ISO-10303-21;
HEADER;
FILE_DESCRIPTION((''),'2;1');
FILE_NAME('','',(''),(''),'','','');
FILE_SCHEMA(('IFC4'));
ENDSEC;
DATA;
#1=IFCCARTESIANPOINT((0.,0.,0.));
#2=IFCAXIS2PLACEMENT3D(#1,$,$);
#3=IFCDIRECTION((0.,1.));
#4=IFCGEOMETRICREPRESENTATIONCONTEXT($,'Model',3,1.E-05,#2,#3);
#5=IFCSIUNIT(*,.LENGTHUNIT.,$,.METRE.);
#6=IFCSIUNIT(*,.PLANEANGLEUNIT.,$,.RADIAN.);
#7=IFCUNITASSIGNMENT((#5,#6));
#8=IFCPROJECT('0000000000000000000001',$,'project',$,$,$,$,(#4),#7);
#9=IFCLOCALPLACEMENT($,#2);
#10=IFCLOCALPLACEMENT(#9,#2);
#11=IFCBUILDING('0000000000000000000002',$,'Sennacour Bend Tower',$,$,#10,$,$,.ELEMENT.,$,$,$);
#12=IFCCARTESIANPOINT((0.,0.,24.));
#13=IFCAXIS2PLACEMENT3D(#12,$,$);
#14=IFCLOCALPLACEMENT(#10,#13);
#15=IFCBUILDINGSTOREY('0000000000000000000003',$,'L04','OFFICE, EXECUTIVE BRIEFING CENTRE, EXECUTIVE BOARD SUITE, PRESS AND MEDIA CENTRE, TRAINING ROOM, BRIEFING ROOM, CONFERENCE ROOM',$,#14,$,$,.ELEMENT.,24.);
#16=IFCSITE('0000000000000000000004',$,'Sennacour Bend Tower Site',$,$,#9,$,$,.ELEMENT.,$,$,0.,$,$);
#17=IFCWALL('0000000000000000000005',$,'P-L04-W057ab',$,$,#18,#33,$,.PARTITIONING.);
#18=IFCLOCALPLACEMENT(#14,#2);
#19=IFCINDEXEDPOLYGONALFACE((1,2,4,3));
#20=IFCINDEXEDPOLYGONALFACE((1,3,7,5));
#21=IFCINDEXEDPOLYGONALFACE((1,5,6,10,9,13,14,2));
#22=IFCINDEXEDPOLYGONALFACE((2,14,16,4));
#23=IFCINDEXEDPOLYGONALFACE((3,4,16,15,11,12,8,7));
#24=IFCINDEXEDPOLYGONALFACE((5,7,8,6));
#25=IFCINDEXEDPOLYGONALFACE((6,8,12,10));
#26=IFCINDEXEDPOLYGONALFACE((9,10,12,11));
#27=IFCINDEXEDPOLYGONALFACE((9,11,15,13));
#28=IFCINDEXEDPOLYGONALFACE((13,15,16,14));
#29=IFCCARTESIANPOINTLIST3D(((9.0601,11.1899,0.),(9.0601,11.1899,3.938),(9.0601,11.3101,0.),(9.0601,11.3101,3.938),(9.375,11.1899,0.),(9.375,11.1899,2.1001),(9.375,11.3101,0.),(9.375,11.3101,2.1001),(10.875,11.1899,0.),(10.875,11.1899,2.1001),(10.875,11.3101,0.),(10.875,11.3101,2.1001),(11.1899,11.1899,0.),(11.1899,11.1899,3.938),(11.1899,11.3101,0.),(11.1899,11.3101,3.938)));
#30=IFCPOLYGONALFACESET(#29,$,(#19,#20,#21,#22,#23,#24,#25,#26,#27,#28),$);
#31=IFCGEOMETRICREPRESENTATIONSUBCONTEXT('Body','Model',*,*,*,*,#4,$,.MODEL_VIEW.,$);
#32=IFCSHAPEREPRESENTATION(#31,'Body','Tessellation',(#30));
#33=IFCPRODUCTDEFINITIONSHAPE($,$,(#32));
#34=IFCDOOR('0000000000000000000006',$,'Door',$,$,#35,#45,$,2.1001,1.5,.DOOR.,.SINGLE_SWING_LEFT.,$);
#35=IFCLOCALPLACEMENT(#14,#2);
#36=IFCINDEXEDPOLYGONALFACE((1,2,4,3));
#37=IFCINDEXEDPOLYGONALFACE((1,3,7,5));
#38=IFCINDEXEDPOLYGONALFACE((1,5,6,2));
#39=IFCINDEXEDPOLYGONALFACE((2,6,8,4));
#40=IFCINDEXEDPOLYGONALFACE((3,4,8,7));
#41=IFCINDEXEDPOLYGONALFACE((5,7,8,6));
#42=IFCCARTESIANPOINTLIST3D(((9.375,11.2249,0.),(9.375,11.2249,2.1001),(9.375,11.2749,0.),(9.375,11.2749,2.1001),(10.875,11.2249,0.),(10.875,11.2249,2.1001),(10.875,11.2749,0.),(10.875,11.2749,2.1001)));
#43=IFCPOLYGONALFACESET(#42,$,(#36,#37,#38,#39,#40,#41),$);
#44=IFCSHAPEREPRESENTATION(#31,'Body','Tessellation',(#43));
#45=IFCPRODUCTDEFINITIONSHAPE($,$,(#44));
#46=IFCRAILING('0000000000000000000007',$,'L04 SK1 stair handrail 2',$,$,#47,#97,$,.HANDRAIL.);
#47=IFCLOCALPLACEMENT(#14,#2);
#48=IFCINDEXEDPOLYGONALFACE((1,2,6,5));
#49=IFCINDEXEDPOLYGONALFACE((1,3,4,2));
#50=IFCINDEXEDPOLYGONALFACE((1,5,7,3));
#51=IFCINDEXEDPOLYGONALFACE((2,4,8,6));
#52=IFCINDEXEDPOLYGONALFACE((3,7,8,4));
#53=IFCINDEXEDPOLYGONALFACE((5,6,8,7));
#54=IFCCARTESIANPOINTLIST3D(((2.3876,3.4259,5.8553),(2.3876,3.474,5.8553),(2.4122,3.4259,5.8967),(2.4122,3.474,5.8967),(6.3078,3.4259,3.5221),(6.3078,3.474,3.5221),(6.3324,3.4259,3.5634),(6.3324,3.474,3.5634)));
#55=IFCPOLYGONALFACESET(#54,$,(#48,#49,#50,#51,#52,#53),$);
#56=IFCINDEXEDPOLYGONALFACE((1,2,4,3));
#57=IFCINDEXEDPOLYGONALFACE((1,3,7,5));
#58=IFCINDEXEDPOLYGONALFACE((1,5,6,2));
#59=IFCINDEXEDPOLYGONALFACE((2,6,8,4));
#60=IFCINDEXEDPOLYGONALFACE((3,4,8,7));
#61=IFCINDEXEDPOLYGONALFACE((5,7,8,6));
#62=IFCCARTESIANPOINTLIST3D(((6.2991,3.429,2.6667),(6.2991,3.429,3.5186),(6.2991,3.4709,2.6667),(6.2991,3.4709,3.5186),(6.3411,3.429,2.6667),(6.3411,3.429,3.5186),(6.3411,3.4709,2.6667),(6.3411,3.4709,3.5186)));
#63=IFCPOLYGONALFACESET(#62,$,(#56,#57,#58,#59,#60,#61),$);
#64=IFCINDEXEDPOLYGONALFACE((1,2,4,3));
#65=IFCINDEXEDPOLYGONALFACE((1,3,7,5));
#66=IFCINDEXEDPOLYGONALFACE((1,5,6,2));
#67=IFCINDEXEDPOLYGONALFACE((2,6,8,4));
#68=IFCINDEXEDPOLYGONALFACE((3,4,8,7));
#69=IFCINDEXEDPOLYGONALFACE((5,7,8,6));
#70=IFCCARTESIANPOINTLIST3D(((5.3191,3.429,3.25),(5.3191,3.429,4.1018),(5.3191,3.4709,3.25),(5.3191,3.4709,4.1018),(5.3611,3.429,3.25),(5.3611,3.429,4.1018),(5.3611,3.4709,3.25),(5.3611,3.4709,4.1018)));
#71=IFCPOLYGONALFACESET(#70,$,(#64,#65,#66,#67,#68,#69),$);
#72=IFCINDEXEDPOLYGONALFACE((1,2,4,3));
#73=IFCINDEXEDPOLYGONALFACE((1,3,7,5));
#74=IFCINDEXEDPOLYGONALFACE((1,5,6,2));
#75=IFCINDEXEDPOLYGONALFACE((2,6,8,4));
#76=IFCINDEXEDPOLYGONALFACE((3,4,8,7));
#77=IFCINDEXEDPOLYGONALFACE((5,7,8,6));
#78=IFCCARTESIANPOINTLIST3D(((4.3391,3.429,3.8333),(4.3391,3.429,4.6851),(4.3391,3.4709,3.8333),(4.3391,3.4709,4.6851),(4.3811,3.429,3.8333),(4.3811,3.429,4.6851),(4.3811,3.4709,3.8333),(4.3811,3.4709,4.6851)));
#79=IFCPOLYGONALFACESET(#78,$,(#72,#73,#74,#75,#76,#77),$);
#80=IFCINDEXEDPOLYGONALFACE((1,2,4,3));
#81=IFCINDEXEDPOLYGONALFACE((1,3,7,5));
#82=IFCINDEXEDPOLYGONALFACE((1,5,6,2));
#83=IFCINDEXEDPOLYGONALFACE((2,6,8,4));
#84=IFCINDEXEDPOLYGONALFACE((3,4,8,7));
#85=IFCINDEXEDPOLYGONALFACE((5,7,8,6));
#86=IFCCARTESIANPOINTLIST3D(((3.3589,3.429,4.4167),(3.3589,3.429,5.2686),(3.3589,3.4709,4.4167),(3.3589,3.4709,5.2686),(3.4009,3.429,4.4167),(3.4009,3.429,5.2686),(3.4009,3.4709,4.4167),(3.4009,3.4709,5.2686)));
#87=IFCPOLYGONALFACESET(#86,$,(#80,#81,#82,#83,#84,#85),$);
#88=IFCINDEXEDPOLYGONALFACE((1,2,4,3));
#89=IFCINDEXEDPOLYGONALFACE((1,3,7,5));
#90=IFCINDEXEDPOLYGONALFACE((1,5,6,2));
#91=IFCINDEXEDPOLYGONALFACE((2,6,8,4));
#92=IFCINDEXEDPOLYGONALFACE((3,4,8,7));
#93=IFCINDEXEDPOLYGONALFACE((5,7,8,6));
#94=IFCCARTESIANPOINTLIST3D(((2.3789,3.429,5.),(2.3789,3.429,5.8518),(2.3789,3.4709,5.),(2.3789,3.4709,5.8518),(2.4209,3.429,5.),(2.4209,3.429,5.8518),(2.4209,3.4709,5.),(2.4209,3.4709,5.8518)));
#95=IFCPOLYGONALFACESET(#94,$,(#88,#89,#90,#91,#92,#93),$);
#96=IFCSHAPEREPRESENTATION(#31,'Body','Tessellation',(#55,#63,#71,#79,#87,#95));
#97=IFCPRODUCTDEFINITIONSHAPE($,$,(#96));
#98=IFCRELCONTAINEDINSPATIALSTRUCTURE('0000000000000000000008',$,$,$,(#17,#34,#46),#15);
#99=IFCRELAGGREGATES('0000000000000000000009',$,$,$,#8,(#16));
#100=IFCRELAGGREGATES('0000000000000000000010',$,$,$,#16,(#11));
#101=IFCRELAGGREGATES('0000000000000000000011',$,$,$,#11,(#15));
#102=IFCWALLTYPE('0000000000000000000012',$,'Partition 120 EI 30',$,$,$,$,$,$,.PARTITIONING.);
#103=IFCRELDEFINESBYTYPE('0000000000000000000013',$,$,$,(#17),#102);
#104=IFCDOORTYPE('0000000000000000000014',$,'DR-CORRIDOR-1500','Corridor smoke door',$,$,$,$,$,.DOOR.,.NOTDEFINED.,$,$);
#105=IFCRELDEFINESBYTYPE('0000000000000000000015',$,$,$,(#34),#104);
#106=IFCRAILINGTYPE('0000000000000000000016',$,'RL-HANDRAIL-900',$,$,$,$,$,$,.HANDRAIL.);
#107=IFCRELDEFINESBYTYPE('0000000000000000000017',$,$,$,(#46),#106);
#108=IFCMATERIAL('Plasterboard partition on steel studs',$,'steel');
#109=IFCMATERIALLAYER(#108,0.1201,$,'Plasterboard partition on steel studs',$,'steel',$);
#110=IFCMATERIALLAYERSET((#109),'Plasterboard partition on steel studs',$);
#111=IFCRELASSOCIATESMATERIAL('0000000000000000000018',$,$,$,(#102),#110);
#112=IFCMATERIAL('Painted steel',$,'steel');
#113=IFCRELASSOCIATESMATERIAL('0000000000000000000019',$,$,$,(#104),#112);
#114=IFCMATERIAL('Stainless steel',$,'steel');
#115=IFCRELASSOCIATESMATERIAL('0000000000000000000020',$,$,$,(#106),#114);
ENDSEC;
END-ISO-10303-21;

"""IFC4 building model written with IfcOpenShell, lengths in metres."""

from ifc_helpers import new_model, si_unit, direction, frame, frame_2d, origin, origin_2d, place, context, subcontext, project, spatial, rectangle, extrude, material, layer, layer_set, type_object, element, fill, save


model = new_model("IFC4")

# Units and contexts
model_context = context("Model", 3, precision=1e-05, world=origin(), true_north=direction((0.0, 1.0)))
body_context = subcontext(model_context, "Body", "Model", "MODEL_VIEW")
ifc_project = project(units=[si_unit("LENGTHUNIT", "METRE"), si_unit("PLANEANGLEUNIT", "RADIAN")], contexts=[model_context])

# Site, building, storey
site_placement = place(None, origin())
site = spatial("IfcSite", under=ifc_project, at=site_placement, Name="Sennacour Bend Tower Site", CompositionType="ELEMENT", RefElevation=0.0)
building_placement = place(site_placement, origin())
building = spatial("IfcBuilding", under=site, at=building_placement, Name="Sennacour Bend Tower", CompositionType="ELEMENT")
storey_placement = place(building_placement, frame((0.0, 0.0, 24.0)))
storey = spatial("IfcBuildingStorey", under=building, at=storey_placement, Name="L04", Description="OFFICE, EXECUTIVE BRIEFING CENTRE, EXECUTIVE BOARD SUITE, PRESS AND MEDIA CENTRE, TRAINING ROOM, BRIEFING ROOM, CONFERENCE ROOM", CompositionType="ELEMENT", Elevation=24.0)

# Shared definitions
ifc_material_1 = material(Name="Plasterboard partition on steel studs", Category="steel")

# Wall, opening, door
ifc_layer_1 = layer(ifc_material_1, 0.1201, Name="Plasterboard partition on steel studs", Category="steel")
ifc_layer_set_1 = layer_set([ifc_layer_1], Name="Plasterboard partition on steel studs")
wall_type_1 = type_object("IfcWallType", Name="Partition 120 EI 30", PredefinedType="PARTITIONING", material=ifc_layer_set_1)
wall_1_placement = place(storey_placement, frame((9.0601, 11.25, 0.0), z_axis=(0.0, 0.0, 1.0), x_axis=(1.0, 0.0, 0.0)))
wall_1 = element("IfcWall", 1, at=wall_1_placement, inside=storey, type_object=wall_type_1, Name="P-L04-W057ab", PredefinedType="PARTITIONING", context=body_context, shape_type="SweptSolid", body=[
    extrude(rectangle(XDim=2.1299, YDim=0.1201, at=frame_2d((1.0649, 0.0))), origin(), (0.0, 0.0, 1.0), 3.938),
])
opening_1_placement = place(wall_1_placement, frame((0.3149, 0.0, 0.0)))
opening_1 = element("IfcOpeningElement", 2, at=opening_1_placement, cuts=wall_1, PredefinedType="OPENING", context=body_context, shape_type="SweptSolid", body=[
    extrude(rectangle(XDim=1.5, YDim=2.1001, at=frame_2d((0.75, 1.05))), frame((0.0, 0.0701, 0.0), z_axis=(0.0, -1.0, 0.0), x_axis=(1.0, 0.0, 0.0)), (0.0, 0.0, 1.0), 0.1401),
])
ifc_material_2 = material(Name="Painted steel", Category="steel")
door_type_1 = type_object("IfcDoorType", Name="DR-CORRIDOR-1500", Description="Corridor smoke door", OperationType="NOTDEFINED", PredefinedType="DOOR", material=ifc_material_2)
door_1_placement = place(opening_1_placement, origin())
door_1 = element("IfcDoor", 3, at=door_1_placement, inside=storey, type_object=door_type_1, Name="Door", OperationType="SINGLE_SWING_LEFT", OverallHeight=2.1001, OverallWidth=1.5, PredefinedType="DOOR", context=body_context, shape_type="SweptSolid", body=[
    extrude(rectangle(XDim=1.5, YDim=2.1001, at=frame_2d((0.75, 1.05))), frame((0.0, 0.0249, 0.0), z_axis=(0.0, -1.0, 0.0), x_axis=(1.0, 0.0, 0.0)), (0.0, 0.0, 1.0), 0.05),
])
fill(opening_1, door_1)

# Railing
ifc_material_3 = material(Name="Stainless steel", Category="steel")
railing_type = type_object("IfcRailingType", Name="RL-HANDRAIL-900", PredefinedType="HANDRAIL", material=ifc_material_3)
railing_placement = place(storey_placement, frame((6.3201, 3.45, 2.6667)))
element("IfcRailing", 4, at=railing_placement, inside=storey, type_object=railing_type, Name="L04 SK1 stair handrail 2", PredefinedType="HANDRAIL", context=body_context, shape_type="SweptSolid", body=[
    extrude(rectangle(XDim=0.0481, YDim=0.0481, at=origin_2d()), frame((0.0, 0.0, 0.876), z_axis=(-0.85931, 0.0, 0.511455), x_axis=(0.0, -1.0, 0.0)), (0.0, 0.0, 1.0), 4.562),
    extrude(rectangle(XDim=0.042, YDim=0.042, at=origin_2d()), origin(), (0.0, 0.0, 1.0), 0.8518),
    extrude(rectangle(XDim=0.042, YDim=0.042, at=origin_2d()), frame((-0.98, 0.0, 0.5833)), (0.0, 0.0, 1.0), 0.8518),
    extrude(rectangle(XDim=0.042, YDim=0.042, at=origin_2d()), frame((-1.96, 0.0, 1.1665)), (0.0, 0.0, 1.0), 0.8518),
    extrude(rectangle(XDim=0.042, YDim=0.042, at=origin_2d()), frame((-2.9402, 0.0, 1.75)), (0.0, 0.0, 1.0), 0.8518),
    extrude(rectangle(XDim=0.042, YDim=0.042, at=origin_2d()), frame((-3.9202, 0.0, 2.3333)), (0.0, 0.0, 1.0), 0.8518),
])

save(model, "model.ifc")
